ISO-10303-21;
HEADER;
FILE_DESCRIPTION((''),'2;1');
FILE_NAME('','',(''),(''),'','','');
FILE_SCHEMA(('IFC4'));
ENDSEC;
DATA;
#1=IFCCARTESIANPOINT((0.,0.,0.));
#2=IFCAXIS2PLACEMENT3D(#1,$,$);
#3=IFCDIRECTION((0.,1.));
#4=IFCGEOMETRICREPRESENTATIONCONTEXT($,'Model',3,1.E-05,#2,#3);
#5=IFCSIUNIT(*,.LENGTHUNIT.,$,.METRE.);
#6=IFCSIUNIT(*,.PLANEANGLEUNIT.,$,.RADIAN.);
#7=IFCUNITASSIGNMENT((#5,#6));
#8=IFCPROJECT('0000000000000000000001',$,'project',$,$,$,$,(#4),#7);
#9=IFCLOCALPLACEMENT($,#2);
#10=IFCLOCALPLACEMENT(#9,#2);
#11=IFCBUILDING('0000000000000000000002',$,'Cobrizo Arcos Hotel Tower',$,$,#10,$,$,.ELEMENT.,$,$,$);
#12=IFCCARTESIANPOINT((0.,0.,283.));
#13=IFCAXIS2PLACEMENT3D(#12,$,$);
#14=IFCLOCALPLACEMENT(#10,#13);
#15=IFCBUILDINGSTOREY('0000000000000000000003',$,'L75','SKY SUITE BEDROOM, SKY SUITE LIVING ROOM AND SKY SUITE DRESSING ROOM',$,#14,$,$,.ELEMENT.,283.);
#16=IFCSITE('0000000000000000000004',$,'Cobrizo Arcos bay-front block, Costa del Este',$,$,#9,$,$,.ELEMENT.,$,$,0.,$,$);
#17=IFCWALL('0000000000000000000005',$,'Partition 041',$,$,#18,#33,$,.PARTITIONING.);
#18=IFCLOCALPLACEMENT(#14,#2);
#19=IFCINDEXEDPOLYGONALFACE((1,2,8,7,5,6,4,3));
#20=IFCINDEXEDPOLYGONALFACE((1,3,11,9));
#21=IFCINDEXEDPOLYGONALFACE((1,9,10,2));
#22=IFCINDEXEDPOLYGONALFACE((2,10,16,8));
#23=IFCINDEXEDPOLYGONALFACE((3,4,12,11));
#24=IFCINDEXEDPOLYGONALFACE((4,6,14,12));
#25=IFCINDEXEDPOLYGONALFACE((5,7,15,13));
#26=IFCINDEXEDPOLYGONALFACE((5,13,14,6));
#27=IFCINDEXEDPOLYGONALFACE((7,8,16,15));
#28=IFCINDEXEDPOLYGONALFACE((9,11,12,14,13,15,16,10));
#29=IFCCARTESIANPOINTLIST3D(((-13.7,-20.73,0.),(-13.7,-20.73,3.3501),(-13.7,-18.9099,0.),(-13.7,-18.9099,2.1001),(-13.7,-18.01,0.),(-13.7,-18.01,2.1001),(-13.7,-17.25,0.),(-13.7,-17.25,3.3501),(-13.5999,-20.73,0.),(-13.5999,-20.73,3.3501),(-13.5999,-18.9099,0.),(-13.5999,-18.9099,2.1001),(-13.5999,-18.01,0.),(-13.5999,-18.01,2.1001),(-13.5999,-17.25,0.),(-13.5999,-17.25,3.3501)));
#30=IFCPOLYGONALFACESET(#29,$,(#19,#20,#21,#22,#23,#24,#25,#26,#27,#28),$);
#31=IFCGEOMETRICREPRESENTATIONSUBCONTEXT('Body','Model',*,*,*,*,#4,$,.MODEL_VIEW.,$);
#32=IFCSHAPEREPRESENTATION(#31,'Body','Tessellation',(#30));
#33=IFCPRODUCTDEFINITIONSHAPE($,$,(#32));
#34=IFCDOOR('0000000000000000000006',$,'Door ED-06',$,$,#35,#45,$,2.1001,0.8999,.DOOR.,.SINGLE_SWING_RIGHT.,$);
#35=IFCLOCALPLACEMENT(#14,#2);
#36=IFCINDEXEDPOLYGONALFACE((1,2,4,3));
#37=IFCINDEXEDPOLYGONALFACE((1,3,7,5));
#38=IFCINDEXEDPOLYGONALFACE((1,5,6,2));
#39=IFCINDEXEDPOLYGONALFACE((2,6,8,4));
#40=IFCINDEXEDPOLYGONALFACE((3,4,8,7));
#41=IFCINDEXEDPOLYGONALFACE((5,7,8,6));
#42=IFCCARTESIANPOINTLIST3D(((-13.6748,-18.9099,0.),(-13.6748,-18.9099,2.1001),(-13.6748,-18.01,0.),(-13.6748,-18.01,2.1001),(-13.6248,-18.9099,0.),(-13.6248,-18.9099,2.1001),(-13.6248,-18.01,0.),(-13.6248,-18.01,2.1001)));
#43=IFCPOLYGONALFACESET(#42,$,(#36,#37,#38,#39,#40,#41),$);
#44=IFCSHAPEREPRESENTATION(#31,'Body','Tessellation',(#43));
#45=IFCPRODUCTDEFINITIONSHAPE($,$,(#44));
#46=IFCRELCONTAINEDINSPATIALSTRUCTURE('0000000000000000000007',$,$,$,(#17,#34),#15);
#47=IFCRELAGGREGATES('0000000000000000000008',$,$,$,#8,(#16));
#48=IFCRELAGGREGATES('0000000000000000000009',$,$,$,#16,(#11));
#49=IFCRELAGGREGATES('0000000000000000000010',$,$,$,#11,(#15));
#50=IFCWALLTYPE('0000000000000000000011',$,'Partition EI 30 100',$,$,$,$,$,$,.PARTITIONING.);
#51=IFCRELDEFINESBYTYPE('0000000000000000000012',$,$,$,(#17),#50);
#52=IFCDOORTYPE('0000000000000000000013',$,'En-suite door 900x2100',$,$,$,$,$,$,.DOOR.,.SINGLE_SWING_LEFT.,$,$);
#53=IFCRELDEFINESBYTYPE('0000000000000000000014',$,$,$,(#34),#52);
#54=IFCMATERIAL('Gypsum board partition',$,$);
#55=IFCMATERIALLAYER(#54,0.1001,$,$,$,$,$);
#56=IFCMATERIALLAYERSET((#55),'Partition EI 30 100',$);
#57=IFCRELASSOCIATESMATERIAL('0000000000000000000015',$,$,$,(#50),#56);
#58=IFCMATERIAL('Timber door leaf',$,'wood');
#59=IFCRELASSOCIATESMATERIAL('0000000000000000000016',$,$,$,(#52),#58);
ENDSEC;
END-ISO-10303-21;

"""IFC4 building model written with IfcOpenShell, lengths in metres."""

from ifc_helpers import new_model, si_unit, direction, frame, frame_2d, origin, place, context, subcontext, project, spatial, rectangle, extrude, material, layer, layer_set, type_object, element, fill, save


model = new_model("IFC4")

# Units and contexts
model_context = context("Model", 3, precision=1e-05, world=origin(), true_north=direction((0.0, 1.0)))
body_context = subcontext(model_context, "Body", "Model", "MODEL_VIEW")
ifc_project = project(units=[si_unit("LENGTHUNIT", "METRE"), si_unit("PLANEANGLEUNIT", "RADIAN")], contexts=[model_context])

# Site, building, storey
site_placement = place(None, origin())
site = spatial("IfcSite", under=ifc_project, at=site_placement, Name="Cobrizo Arcos bay-front block, Costa del Este", CompositionType="ELEMENT", RefElevation=0.0)
building_placement = place(site_placement, origin())
building = spatial("IfcBuilding", under=site, at=building_placement, Name="Cobrizo Arcos Hotel Tower", CompositionType="ELEMENT")
storey_placement = place(building_placement, frame((0.0, 0.0, 283.0)))
storey = spatial("IfcBuildingStorey", under=building, at=storey_placement, Name="L75", Description="SKY SUITE BEDROOM, SKY SUITE LIVING ROOM AND SKY SUITE DRESSING ROOM", CompositionType="ELEMENT", Elevation=283.0)

# Shared definitions
ifc_material_1 = material(Name="Gypsum board partition")
ifc_material_2 = material(Name="Timber door leaf", Category="wood")

# Shared definitions
ifc_layer_1 = layer(ifc_material_1, 0.1001)
ifc_layer_set_1 = layer_set([ifc_layer_1], Name="Partition EI 30 100")
wall_type_1 = type_object("IfcWallType", Name="Partition EI 30 100", PredefinedType="PARTITIONING", material=ifc_layer_set_1)

# Wall, opening, door
wall_1_placement = place(storey_placement, frame((-13.6499, -20.73, 0.0), z_axis=(0.0, 0.0, 1.0), x_axis=(0.0, 1.0, 0.0)))
wall_1 = element("IfcWall", 1, at=wall_1_placement, inside=storey, type_object=wall_type_1, Name="Partition 041", PredefinedType="PARTITIONING", context=body_context, shape_type="SweptSolid", body=[
    extrude(rectangle(XDim=3.48, YDim=0.1001, at=frame_2d((1.74, 0.0))), origin(), (0.0, 0.0, 1.0), 3.3501),
])
opening_1_placement = place(wall_1_placement, frame((1.8201, 0.0, 0.0)))
opening_1 = element("IfcOpeningElement", 2, at=opening_1_placement, cuts=wall_1, PredefinedType="OPENING", context=body_context, shape_type="SweptSolid", body=[
    extrude(rectangle(XDim=0.8999, YDim=2.1001, at=frame_2d((0.45, 1.05))), frame((0.0, 0.062, 0.0), z_axis=(0.0, -1.0, 0.0), x_axis=(1.0, 0.0, 0.0)), (0.0, 0.0, 1.0), 0.124),
])
door_type_1 = type_object("IfcDoorType", Name="En-suite door 900x2100", OperationType="SINGLE_SWING_LEFT", PredefinedType="DOOR", material=ifc_material_2)
door_1_placement = place(opening_1_placement, origin())
door_1 = element("IfcDoor", 3, at=door_1_placement, inside=storey, type_object=door_type_1, Name="Door ED-06", OperationType="SINGLE_SWING_RIGHT", OverallHeight=2.1001, OverallWidth=0.8999, PredefinedType="DOOR", context=body_context, shape_type="SweptSolid", body=[
    extrude(rectangle(XDim=0.8999, YDim=2.1001, at=frame_2d((0.45, 1.05))), frame((0.0, 0.0249, 0.0), z_axis=(0.0, -1.0, 0.0), x_axis=(1.0, 0.0, 0.0)), (0.0, 0.0, 1.0), 0.05),
])
fill(opening_1, door_1)

save(model, "model.ifc")
